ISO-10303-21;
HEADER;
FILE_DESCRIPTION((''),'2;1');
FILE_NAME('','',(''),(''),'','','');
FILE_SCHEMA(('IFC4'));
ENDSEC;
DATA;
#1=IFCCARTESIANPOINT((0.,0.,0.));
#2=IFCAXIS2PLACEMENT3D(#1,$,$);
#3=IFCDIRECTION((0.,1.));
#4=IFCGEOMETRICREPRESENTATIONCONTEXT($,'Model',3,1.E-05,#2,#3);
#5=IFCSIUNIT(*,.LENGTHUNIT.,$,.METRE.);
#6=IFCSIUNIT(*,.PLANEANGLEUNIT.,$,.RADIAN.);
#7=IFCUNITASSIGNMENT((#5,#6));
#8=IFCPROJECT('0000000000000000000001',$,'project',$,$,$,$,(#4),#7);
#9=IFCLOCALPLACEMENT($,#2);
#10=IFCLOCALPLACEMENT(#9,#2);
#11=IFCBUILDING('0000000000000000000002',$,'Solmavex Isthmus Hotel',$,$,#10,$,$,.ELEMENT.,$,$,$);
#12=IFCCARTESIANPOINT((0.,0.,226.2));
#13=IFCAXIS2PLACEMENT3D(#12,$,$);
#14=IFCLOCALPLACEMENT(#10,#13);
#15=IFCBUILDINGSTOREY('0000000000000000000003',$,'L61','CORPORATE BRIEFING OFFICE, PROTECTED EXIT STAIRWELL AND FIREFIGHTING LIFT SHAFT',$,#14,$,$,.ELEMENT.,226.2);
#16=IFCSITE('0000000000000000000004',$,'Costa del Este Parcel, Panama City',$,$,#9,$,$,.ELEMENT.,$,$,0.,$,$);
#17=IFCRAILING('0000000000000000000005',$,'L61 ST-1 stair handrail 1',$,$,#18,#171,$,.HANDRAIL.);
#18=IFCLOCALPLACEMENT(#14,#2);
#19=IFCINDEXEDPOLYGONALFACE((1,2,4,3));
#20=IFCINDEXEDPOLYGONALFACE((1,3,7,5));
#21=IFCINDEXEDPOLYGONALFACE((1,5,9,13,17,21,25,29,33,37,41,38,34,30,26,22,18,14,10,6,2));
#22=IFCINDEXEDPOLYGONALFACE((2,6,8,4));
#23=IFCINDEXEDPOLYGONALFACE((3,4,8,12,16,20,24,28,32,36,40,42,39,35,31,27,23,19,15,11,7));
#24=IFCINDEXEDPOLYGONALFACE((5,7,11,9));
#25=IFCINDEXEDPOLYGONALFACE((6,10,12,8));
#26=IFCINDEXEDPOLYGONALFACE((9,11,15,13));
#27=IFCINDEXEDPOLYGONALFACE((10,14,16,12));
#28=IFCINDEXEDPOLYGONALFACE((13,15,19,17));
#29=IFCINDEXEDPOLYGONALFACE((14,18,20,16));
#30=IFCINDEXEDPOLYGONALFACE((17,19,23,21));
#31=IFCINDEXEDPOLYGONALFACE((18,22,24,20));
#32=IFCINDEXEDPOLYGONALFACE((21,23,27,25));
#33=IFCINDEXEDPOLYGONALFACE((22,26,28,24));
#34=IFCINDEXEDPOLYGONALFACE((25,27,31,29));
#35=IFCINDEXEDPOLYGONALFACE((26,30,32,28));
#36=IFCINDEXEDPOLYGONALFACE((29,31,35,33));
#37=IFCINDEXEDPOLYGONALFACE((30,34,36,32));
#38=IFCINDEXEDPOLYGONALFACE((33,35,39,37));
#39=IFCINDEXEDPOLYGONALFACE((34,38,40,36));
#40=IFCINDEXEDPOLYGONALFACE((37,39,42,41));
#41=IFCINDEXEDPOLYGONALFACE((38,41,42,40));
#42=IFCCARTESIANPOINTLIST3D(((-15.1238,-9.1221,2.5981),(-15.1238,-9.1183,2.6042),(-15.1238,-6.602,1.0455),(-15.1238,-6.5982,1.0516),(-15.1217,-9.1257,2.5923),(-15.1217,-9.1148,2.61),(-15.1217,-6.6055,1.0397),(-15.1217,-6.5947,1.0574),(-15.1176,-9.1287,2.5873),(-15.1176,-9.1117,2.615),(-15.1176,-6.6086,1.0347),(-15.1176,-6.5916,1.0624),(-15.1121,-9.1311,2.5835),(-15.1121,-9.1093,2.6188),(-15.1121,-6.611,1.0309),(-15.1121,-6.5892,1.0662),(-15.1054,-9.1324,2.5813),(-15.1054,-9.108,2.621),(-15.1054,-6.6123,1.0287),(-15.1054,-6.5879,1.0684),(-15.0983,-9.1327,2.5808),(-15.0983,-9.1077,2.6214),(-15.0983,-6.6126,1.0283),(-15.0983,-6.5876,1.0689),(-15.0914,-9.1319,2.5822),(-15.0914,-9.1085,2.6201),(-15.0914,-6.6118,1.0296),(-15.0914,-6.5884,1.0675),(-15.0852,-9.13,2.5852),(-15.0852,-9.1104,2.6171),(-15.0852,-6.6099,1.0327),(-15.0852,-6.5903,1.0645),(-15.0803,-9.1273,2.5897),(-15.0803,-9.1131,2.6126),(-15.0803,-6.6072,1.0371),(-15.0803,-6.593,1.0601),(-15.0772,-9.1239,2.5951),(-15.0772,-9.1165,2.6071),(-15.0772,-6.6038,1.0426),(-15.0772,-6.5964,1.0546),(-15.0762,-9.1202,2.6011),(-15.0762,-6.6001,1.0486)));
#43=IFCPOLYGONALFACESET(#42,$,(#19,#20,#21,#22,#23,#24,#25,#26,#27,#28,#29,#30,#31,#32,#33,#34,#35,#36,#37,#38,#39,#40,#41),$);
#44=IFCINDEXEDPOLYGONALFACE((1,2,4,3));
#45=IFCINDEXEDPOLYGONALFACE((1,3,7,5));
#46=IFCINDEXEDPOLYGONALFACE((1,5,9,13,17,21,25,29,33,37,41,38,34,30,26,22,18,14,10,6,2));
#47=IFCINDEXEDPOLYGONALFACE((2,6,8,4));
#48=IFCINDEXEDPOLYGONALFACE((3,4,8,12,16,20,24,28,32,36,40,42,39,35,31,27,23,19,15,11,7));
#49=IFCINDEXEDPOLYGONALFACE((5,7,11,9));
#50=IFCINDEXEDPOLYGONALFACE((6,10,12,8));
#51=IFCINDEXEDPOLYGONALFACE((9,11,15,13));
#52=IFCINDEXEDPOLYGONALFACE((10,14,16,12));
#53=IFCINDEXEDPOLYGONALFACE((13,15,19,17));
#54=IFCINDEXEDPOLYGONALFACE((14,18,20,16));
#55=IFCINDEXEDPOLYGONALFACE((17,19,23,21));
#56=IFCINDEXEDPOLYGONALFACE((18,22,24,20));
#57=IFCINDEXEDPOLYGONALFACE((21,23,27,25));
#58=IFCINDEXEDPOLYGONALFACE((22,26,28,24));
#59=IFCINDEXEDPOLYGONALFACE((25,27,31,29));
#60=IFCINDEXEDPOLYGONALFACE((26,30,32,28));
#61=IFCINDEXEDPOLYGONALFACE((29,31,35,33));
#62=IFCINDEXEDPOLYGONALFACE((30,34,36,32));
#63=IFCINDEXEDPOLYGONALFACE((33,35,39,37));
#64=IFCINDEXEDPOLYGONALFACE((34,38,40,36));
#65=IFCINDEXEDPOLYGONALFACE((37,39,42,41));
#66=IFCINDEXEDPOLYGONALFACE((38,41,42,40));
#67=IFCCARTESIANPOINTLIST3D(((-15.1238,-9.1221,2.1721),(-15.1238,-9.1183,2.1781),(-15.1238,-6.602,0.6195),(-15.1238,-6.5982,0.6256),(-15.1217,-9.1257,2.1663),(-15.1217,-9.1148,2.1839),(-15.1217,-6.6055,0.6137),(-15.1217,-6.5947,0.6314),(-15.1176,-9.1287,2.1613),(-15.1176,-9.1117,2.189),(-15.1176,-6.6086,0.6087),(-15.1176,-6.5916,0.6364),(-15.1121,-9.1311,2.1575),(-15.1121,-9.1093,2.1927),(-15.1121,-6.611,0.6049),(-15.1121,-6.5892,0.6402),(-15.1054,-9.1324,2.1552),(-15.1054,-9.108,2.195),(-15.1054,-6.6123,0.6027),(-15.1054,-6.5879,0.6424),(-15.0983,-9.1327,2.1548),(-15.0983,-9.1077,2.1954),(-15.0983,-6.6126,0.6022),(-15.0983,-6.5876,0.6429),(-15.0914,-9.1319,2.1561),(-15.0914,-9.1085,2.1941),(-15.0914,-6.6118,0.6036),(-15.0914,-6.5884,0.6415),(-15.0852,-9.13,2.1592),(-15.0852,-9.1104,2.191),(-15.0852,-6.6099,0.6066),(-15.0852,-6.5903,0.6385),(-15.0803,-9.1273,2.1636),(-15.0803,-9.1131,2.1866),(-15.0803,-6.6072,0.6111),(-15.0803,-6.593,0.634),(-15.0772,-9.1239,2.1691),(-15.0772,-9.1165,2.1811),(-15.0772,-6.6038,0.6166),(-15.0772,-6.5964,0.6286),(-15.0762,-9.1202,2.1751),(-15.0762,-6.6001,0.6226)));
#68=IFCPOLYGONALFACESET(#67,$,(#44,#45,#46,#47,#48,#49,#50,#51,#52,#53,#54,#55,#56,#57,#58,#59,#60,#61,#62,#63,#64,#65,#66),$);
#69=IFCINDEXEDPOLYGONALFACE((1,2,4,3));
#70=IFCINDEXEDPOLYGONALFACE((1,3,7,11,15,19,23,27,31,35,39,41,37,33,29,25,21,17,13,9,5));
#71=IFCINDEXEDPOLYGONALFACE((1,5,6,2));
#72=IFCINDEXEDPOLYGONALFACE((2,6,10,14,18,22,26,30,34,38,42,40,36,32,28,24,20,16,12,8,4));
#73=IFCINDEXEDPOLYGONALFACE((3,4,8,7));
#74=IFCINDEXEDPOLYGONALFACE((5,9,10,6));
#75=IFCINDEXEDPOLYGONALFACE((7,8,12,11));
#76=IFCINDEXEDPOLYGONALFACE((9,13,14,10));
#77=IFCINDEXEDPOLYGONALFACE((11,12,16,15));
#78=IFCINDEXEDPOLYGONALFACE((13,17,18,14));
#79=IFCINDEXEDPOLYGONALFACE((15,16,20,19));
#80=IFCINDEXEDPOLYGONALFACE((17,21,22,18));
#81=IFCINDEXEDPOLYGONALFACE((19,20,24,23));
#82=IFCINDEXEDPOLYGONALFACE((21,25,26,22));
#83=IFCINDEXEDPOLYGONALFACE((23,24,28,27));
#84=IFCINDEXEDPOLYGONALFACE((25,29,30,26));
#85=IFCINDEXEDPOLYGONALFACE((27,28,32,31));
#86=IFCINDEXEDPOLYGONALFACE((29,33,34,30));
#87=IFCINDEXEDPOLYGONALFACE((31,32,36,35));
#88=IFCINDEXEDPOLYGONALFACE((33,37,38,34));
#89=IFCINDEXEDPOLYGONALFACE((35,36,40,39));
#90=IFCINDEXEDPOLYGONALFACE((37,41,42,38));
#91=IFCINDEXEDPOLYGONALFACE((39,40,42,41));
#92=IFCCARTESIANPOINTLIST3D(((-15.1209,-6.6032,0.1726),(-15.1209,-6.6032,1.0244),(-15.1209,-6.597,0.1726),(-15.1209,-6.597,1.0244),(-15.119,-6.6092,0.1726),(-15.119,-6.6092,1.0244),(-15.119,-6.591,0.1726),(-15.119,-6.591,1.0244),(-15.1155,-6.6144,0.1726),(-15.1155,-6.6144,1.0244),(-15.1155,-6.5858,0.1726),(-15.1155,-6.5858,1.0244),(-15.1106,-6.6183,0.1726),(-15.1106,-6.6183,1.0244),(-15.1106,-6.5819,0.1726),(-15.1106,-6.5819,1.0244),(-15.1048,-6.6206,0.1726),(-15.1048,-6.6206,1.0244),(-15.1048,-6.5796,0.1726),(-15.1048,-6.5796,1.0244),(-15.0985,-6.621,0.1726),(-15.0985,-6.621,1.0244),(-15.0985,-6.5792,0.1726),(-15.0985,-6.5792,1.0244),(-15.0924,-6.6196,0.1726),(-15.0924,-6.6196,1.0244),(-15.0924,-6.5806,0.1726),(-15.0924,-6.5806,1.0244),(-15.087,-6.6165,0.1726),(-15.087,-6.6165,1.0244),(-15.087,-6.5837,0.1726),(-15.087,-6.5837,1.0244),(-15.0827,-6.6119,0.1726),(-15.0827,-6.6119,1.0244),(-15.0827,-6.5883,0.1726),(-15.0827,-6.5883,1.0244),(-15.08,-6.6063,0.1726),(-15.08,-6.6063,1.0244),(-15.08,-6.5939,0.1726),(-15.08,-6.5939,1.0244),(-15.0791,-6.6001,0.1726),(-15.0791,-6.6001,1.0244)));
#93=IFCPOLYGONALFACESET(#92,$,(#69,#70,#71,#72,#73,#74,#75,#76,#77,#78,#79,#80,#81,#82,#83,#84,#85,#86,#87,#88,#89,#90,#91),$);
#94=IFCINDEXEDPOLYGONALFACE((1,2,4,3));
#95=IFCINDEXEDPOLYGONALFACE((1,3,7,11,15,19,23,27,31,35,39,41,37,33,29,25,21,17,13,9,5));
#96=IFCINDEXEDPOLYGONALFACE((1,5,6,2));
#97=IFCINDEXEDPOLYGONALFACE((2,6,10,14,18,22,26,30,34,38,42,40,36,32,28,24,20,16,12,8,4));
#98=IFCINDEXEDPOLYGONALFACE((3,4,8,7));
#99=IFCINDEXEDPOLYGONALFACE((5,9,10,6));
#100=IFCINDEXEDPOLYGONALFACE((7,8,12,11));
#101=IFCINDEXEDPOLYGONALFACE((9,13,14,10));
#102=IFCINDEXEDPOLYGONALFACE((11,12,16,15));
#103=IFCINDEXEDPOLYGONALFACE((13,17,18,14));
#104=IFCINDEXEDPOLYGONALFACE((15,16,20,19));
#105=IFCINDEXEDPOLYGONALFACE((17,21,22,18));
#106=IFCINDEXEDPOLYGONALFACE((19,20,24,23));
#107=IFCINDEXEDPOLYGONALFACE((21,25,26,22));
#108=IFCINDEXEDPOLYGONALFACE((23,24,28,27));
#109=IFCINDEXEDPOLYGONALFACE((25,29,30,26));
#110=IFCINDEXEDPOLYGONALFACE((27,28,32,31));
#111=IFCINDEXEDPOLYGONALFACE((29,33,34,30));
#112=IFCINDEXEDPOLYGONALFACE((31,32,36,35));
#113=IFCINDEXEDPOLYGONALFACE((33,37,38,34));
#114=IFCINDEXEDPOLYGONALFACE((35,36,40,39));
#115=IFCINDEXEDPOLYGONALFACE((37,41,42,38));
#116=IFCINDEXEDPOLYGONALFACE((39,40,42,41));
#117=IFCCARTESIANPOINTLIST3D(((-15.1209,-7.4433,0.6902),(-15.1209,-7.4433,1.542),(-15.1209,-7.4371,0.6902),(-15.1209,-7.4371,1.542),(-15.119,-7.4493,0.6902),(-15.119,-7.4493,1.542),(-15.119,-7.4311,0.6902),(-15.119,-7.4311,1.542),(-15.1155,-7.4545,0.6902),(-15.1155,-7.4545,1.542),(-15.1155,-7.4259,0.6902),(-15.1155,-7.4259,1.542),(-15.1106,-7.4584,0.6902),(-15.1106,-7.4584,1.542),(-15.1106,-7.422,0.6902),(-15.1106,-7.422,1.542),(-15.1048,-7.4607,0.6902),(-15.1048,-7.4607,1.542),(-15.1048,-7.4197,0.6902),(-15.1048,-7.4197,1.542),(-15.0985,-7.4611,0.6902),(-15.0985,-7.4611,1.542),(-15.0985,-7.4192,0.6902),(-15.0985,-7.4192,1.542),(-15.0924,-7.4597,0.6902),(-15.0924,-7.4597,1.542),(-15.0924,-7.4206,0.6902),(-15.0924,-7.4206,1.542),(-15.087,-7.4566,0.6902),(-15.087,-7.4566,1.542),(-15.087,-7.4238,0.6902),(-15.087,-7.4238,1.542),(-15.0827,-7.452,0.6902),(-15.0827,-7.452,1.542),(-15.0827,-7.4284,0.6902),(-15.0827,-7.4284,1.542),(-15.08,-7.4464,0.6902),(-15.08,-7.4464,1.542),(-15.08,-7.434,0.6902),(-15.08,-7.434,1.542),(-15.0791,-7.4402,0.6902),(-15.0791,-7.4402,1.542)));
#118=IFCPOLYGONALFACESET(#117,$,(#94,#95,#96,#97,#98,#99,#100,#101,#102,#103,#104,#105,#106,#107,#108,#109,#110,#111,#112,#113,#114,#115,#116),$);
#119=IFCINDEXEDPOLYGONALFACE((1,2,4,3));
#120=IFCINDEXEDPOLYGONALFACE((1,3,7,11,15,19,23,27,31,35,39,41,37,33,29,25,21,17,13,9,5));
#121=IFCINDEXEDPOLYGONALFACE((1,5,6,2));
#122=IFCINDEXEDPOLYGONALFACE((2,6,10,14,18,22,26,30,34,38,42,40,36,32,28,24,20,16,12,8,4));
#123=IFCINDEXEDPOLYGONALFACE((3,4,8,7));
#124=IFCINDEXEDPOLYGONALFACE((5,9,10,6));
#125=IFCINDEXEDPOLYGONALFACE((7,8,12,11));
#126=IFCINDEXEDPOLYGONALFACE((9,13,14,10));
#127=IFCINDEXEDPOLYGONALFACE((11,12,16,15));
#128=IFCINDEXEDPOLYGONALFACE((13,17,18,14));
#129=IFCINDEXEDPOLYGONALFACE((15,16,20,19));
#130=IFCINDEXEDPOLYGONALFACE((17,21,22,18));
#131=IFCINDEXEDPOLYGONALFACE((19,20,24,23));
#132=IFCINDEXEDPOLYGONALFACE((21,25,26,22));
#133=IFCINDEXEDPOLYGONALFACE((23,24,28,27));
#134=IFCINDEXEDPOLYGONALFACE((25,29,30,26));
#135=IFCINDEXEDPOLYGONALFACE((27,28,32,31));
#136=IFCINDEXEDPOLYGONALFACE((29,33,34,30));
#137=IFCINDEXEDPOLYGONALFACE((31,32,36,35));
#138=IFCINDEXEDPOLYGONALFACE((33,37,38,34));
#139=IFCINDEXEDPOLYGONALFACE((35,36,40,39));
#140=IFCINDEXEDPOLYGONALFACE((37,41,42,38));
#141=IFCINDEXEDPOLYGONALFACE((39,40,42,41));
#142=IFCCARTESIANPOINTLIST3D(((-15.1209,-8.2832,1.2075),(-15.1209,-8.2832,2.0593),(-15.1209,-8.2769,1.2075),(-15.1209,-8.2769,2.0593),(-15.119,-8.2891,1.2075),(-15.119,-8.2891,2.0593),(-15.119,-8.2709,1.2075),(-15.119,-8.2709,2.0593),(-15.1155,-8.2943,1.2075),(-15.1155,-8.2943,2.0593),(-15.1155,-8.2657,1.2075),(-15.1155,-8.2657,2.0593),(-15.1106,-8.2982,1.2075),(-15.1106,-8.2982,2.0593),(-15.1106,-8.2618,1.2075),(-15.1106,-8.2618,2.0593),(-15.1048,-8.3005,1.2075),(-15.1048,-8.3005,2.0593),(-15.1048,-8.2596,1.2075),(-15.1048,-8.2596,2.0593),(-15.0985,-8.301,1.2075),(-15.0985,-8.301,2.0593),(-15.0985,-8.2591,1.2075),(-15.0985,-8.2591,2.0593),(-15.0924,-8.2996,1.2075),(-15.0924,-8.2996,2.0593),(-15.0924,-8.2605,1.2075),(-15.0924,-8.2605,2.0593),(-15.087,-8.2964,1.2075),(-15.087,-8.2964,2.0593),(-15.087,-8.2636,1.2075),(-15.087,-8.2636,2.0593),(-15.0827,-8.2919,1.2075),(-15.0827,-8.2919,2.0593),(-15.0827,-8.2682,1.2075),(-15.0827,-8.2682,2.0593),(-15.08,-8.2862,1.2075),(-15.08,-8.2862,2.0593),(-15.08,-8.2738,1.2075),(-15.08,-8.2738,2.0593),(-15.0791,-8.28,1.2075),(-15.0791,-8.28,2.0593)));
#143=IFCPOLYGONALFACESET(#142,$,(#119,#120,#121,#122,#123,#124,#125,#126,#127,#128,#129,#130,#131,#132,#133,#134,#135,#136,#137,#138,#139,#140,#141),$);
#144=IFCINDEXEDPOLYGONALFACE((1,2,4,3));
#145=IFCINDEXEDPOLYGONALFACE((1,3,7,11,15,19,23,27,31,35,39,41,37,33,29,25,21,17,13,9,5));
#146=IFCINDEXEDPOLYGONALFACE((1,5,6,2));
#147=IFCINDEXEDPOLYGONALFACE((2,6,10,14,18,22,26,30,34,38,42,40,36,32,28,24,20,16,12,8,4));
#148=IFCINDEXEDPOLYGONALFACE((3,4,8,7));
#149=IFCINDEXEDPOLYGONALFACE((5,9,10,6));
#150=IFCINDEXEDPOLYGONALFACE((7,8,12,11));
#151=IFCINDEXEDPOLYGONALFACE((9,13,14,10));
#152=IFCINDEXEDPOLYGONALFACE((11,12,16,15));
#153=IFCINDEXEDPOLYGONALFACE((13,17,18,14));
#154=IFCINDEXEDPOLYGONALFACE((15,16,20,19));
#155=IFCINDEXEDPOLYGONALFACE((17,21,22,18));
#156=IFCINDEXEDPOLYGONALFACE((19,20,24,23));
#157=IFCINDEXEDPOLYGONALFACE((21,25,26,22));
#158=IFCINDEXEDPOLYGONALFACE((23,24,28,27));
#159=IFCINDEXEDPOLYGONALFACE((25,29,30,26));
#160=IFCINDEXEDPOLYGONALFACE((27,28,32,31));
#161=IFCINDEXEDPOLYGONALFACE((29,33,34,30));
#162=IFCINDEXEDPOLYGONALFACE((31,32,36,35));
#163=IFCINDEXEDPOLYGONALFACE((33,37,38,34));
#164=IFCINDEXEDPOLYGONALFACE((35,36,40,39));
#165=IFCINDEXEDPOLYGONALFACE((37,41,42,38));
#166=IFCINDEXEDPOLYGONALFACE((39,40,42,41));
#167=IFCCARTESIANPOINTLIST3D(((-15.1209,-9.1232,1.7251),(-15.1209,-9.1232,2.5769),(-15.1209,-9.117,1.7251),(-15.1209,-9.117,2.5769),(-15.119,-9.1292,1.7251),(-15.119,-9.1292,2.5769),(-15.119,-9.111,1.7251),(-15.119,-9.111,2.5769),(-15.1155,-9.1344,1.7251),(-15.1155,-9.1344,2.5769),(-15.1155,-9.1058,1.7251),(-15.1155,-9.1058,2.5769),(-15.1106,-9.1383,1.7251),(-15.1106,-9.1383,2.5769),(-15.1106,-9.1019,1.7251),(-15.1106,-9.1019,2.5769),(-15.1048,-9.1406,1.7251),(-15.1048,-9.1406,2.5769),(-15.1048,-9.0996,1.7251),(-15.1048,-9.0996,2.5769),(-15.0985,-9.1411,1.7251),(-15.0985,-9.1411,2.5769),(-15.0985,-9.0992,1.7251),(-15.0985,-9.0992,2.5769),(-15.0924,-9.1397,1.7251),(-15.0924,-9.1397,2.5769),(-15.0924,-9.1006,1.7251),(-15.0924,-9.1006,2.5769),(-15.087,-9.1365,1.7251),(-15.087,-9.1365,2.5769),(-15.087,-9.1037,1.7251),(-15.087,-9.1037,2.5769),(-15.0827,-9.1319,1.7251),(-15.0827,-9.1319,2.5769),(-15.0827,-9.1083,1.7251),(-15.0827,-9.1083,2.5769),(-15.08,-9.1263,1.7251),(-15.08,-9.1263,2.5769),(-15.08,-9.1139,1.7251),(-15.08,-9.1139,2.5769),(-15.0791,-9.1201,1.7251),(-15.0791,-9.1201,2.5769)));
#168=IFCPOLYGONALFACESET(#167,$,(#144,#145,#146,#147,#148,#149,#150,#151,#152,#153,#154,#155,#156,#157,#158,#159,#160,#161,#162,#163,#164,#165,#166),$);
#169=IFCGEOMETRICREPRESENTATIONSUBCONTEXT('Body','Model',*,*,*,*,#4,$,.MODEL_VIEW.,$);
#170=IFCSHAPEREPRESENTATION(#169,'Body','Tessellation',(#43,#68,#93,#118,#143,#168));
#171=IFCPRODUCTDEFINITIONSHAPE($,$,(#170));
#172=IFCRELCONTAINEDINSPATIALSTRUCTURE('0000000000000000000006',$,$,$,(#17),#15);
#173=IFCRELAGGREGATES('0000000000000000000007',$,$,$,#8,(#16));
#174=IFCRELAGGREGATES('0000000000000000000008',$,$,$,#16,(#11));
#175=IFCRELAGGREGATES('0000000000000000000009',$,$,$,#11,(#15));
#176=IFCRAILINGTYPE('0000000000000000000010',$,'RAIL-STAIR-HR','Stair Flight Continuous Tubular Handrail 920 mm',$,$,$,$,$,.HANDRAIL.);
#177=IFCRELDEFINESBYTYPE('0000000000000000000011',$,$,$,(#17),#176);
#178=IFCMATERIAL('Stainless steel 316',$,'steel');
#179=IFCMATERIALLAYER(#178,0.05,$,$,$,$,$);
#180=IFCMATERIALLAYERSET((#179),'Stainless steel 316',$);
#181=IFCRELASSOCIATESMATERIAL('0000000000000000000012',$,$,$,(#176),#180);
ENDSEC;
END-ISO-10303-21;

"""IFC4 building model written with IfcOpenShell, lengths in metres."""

from ifc_helpers import new_model, si_unit, direction, frame, origin, origin_2d, place, context, subcontext, project, spatial, circle, extrude, material, layer, layer_set, type_object, element, save


model = new_model("IFC4")

# Units and contexts
model_context = context("Model", 3, precision=1e-05, world=origin(), true_north=direction((0.0, 1.0)))
body_context = subcontext(model_context, "Body", "Model", "MODEL_VIEW")
ifc_project = project(units=[si_unit("LENGTHUNIT", "METRE"), si_unit("PLANEANGLEUNIT", "RADIAN")], contexts=[model_context])

# Site, building, storey
site_placement = place(None, origin())
site = spatial("IfcSite", under=ifc_project, at=site_placement, Name="Costa del Este Parcel, Panama City", CompositionType="ELEMENT", RefElevation=0.0)
building_placement = place(site_placement, origin())
building = spatial("IfcBuilding", under=site, at=building_placement, Name="Solmavex Isthmus Hotel", CompositionType="ELEMENT")
storey_placement = place(building_placement, frame((0.0, 0.0, 226.2)))
storey = spatial("IfcBuildingStorey", under=building, at=storey_placement, Name="L61", Description="CORPORATE BRIEFING OFFICE, PROTECTED EXIT STAIRWELL AND FIREFIGHTING LIFT SHAFT", CompositionType="ELEMENT", Elevation=226.2)

# Shared definitions
ifc_material_1 = material(Name="Stainless steel 316", Category="steel")

# Railing
ifc_layer_1 = layer(ifc_material_1, 0.05)
ifc_layer_set_1 = layer_set([ifc_layer_1], Name="Stainless steel 316")
railing_type_1 = type_object("IfcRailingType", Name="RAIL-STAIR-HR", Description="Stair Flight Continuous Tubular Handrail 920 mm", PredefinedType="HANDRAIL", material=ifc_layer_set_1)
railing_1_placement = place(storey_placement, frame((-15.1001, -6.6001, 0.1726)))
element("IfcRailing", 1, at=railing_1_placement, inside=storey, type_object=railing_type_1, Name="L61 ST-1 stair handrail 1", PredefinedType="HANDRAIL", context=body_context, shape_type="SweptSolid", body=[
    extrude(circle(Radius=0.0239, at=origin_2d()), frame((0.0, 0.0, 0.876), z_axis=(0.0, -0.8514, 0.524516), x_axis=(1.0, 0.0, 0.0)), (0.0, 0.0, 1.0), 2.96),
    extrude(circle(Radius=0.0239, at=origin_2d()), frame((0.0, 0.0, 0.45), z_axis=(0.0, -0.8514, 0.524516), x_axis=(1.0, 0.0, 0.0)), (0.0, 0.0, 1.0), 2.96),
    extrude(circle(Radius=0.021, at=origin_2d()), origin(), (0.0, 0.0, 1.0), 0.8518),
    extrude(circle(Radius=0.021, at=origin_2d()), frame((0.0, -0.8401, 0.5176)), (0.0, 0.0, 1.0), 0.8518),
    extrude(circle(Radius=0.021, at=origin_2d()), frame((0.0, -1.6799, 1.0349)), (0.0, 0.0, 1.0), 0.8518),
    extrude(circle(Radius=0.021, at=origin_2d()), frame((0.0, -2.52, 1.5525)), (0.0, 0.0, 1.0), 0.8518),
])

save(model, "model.ifc")
